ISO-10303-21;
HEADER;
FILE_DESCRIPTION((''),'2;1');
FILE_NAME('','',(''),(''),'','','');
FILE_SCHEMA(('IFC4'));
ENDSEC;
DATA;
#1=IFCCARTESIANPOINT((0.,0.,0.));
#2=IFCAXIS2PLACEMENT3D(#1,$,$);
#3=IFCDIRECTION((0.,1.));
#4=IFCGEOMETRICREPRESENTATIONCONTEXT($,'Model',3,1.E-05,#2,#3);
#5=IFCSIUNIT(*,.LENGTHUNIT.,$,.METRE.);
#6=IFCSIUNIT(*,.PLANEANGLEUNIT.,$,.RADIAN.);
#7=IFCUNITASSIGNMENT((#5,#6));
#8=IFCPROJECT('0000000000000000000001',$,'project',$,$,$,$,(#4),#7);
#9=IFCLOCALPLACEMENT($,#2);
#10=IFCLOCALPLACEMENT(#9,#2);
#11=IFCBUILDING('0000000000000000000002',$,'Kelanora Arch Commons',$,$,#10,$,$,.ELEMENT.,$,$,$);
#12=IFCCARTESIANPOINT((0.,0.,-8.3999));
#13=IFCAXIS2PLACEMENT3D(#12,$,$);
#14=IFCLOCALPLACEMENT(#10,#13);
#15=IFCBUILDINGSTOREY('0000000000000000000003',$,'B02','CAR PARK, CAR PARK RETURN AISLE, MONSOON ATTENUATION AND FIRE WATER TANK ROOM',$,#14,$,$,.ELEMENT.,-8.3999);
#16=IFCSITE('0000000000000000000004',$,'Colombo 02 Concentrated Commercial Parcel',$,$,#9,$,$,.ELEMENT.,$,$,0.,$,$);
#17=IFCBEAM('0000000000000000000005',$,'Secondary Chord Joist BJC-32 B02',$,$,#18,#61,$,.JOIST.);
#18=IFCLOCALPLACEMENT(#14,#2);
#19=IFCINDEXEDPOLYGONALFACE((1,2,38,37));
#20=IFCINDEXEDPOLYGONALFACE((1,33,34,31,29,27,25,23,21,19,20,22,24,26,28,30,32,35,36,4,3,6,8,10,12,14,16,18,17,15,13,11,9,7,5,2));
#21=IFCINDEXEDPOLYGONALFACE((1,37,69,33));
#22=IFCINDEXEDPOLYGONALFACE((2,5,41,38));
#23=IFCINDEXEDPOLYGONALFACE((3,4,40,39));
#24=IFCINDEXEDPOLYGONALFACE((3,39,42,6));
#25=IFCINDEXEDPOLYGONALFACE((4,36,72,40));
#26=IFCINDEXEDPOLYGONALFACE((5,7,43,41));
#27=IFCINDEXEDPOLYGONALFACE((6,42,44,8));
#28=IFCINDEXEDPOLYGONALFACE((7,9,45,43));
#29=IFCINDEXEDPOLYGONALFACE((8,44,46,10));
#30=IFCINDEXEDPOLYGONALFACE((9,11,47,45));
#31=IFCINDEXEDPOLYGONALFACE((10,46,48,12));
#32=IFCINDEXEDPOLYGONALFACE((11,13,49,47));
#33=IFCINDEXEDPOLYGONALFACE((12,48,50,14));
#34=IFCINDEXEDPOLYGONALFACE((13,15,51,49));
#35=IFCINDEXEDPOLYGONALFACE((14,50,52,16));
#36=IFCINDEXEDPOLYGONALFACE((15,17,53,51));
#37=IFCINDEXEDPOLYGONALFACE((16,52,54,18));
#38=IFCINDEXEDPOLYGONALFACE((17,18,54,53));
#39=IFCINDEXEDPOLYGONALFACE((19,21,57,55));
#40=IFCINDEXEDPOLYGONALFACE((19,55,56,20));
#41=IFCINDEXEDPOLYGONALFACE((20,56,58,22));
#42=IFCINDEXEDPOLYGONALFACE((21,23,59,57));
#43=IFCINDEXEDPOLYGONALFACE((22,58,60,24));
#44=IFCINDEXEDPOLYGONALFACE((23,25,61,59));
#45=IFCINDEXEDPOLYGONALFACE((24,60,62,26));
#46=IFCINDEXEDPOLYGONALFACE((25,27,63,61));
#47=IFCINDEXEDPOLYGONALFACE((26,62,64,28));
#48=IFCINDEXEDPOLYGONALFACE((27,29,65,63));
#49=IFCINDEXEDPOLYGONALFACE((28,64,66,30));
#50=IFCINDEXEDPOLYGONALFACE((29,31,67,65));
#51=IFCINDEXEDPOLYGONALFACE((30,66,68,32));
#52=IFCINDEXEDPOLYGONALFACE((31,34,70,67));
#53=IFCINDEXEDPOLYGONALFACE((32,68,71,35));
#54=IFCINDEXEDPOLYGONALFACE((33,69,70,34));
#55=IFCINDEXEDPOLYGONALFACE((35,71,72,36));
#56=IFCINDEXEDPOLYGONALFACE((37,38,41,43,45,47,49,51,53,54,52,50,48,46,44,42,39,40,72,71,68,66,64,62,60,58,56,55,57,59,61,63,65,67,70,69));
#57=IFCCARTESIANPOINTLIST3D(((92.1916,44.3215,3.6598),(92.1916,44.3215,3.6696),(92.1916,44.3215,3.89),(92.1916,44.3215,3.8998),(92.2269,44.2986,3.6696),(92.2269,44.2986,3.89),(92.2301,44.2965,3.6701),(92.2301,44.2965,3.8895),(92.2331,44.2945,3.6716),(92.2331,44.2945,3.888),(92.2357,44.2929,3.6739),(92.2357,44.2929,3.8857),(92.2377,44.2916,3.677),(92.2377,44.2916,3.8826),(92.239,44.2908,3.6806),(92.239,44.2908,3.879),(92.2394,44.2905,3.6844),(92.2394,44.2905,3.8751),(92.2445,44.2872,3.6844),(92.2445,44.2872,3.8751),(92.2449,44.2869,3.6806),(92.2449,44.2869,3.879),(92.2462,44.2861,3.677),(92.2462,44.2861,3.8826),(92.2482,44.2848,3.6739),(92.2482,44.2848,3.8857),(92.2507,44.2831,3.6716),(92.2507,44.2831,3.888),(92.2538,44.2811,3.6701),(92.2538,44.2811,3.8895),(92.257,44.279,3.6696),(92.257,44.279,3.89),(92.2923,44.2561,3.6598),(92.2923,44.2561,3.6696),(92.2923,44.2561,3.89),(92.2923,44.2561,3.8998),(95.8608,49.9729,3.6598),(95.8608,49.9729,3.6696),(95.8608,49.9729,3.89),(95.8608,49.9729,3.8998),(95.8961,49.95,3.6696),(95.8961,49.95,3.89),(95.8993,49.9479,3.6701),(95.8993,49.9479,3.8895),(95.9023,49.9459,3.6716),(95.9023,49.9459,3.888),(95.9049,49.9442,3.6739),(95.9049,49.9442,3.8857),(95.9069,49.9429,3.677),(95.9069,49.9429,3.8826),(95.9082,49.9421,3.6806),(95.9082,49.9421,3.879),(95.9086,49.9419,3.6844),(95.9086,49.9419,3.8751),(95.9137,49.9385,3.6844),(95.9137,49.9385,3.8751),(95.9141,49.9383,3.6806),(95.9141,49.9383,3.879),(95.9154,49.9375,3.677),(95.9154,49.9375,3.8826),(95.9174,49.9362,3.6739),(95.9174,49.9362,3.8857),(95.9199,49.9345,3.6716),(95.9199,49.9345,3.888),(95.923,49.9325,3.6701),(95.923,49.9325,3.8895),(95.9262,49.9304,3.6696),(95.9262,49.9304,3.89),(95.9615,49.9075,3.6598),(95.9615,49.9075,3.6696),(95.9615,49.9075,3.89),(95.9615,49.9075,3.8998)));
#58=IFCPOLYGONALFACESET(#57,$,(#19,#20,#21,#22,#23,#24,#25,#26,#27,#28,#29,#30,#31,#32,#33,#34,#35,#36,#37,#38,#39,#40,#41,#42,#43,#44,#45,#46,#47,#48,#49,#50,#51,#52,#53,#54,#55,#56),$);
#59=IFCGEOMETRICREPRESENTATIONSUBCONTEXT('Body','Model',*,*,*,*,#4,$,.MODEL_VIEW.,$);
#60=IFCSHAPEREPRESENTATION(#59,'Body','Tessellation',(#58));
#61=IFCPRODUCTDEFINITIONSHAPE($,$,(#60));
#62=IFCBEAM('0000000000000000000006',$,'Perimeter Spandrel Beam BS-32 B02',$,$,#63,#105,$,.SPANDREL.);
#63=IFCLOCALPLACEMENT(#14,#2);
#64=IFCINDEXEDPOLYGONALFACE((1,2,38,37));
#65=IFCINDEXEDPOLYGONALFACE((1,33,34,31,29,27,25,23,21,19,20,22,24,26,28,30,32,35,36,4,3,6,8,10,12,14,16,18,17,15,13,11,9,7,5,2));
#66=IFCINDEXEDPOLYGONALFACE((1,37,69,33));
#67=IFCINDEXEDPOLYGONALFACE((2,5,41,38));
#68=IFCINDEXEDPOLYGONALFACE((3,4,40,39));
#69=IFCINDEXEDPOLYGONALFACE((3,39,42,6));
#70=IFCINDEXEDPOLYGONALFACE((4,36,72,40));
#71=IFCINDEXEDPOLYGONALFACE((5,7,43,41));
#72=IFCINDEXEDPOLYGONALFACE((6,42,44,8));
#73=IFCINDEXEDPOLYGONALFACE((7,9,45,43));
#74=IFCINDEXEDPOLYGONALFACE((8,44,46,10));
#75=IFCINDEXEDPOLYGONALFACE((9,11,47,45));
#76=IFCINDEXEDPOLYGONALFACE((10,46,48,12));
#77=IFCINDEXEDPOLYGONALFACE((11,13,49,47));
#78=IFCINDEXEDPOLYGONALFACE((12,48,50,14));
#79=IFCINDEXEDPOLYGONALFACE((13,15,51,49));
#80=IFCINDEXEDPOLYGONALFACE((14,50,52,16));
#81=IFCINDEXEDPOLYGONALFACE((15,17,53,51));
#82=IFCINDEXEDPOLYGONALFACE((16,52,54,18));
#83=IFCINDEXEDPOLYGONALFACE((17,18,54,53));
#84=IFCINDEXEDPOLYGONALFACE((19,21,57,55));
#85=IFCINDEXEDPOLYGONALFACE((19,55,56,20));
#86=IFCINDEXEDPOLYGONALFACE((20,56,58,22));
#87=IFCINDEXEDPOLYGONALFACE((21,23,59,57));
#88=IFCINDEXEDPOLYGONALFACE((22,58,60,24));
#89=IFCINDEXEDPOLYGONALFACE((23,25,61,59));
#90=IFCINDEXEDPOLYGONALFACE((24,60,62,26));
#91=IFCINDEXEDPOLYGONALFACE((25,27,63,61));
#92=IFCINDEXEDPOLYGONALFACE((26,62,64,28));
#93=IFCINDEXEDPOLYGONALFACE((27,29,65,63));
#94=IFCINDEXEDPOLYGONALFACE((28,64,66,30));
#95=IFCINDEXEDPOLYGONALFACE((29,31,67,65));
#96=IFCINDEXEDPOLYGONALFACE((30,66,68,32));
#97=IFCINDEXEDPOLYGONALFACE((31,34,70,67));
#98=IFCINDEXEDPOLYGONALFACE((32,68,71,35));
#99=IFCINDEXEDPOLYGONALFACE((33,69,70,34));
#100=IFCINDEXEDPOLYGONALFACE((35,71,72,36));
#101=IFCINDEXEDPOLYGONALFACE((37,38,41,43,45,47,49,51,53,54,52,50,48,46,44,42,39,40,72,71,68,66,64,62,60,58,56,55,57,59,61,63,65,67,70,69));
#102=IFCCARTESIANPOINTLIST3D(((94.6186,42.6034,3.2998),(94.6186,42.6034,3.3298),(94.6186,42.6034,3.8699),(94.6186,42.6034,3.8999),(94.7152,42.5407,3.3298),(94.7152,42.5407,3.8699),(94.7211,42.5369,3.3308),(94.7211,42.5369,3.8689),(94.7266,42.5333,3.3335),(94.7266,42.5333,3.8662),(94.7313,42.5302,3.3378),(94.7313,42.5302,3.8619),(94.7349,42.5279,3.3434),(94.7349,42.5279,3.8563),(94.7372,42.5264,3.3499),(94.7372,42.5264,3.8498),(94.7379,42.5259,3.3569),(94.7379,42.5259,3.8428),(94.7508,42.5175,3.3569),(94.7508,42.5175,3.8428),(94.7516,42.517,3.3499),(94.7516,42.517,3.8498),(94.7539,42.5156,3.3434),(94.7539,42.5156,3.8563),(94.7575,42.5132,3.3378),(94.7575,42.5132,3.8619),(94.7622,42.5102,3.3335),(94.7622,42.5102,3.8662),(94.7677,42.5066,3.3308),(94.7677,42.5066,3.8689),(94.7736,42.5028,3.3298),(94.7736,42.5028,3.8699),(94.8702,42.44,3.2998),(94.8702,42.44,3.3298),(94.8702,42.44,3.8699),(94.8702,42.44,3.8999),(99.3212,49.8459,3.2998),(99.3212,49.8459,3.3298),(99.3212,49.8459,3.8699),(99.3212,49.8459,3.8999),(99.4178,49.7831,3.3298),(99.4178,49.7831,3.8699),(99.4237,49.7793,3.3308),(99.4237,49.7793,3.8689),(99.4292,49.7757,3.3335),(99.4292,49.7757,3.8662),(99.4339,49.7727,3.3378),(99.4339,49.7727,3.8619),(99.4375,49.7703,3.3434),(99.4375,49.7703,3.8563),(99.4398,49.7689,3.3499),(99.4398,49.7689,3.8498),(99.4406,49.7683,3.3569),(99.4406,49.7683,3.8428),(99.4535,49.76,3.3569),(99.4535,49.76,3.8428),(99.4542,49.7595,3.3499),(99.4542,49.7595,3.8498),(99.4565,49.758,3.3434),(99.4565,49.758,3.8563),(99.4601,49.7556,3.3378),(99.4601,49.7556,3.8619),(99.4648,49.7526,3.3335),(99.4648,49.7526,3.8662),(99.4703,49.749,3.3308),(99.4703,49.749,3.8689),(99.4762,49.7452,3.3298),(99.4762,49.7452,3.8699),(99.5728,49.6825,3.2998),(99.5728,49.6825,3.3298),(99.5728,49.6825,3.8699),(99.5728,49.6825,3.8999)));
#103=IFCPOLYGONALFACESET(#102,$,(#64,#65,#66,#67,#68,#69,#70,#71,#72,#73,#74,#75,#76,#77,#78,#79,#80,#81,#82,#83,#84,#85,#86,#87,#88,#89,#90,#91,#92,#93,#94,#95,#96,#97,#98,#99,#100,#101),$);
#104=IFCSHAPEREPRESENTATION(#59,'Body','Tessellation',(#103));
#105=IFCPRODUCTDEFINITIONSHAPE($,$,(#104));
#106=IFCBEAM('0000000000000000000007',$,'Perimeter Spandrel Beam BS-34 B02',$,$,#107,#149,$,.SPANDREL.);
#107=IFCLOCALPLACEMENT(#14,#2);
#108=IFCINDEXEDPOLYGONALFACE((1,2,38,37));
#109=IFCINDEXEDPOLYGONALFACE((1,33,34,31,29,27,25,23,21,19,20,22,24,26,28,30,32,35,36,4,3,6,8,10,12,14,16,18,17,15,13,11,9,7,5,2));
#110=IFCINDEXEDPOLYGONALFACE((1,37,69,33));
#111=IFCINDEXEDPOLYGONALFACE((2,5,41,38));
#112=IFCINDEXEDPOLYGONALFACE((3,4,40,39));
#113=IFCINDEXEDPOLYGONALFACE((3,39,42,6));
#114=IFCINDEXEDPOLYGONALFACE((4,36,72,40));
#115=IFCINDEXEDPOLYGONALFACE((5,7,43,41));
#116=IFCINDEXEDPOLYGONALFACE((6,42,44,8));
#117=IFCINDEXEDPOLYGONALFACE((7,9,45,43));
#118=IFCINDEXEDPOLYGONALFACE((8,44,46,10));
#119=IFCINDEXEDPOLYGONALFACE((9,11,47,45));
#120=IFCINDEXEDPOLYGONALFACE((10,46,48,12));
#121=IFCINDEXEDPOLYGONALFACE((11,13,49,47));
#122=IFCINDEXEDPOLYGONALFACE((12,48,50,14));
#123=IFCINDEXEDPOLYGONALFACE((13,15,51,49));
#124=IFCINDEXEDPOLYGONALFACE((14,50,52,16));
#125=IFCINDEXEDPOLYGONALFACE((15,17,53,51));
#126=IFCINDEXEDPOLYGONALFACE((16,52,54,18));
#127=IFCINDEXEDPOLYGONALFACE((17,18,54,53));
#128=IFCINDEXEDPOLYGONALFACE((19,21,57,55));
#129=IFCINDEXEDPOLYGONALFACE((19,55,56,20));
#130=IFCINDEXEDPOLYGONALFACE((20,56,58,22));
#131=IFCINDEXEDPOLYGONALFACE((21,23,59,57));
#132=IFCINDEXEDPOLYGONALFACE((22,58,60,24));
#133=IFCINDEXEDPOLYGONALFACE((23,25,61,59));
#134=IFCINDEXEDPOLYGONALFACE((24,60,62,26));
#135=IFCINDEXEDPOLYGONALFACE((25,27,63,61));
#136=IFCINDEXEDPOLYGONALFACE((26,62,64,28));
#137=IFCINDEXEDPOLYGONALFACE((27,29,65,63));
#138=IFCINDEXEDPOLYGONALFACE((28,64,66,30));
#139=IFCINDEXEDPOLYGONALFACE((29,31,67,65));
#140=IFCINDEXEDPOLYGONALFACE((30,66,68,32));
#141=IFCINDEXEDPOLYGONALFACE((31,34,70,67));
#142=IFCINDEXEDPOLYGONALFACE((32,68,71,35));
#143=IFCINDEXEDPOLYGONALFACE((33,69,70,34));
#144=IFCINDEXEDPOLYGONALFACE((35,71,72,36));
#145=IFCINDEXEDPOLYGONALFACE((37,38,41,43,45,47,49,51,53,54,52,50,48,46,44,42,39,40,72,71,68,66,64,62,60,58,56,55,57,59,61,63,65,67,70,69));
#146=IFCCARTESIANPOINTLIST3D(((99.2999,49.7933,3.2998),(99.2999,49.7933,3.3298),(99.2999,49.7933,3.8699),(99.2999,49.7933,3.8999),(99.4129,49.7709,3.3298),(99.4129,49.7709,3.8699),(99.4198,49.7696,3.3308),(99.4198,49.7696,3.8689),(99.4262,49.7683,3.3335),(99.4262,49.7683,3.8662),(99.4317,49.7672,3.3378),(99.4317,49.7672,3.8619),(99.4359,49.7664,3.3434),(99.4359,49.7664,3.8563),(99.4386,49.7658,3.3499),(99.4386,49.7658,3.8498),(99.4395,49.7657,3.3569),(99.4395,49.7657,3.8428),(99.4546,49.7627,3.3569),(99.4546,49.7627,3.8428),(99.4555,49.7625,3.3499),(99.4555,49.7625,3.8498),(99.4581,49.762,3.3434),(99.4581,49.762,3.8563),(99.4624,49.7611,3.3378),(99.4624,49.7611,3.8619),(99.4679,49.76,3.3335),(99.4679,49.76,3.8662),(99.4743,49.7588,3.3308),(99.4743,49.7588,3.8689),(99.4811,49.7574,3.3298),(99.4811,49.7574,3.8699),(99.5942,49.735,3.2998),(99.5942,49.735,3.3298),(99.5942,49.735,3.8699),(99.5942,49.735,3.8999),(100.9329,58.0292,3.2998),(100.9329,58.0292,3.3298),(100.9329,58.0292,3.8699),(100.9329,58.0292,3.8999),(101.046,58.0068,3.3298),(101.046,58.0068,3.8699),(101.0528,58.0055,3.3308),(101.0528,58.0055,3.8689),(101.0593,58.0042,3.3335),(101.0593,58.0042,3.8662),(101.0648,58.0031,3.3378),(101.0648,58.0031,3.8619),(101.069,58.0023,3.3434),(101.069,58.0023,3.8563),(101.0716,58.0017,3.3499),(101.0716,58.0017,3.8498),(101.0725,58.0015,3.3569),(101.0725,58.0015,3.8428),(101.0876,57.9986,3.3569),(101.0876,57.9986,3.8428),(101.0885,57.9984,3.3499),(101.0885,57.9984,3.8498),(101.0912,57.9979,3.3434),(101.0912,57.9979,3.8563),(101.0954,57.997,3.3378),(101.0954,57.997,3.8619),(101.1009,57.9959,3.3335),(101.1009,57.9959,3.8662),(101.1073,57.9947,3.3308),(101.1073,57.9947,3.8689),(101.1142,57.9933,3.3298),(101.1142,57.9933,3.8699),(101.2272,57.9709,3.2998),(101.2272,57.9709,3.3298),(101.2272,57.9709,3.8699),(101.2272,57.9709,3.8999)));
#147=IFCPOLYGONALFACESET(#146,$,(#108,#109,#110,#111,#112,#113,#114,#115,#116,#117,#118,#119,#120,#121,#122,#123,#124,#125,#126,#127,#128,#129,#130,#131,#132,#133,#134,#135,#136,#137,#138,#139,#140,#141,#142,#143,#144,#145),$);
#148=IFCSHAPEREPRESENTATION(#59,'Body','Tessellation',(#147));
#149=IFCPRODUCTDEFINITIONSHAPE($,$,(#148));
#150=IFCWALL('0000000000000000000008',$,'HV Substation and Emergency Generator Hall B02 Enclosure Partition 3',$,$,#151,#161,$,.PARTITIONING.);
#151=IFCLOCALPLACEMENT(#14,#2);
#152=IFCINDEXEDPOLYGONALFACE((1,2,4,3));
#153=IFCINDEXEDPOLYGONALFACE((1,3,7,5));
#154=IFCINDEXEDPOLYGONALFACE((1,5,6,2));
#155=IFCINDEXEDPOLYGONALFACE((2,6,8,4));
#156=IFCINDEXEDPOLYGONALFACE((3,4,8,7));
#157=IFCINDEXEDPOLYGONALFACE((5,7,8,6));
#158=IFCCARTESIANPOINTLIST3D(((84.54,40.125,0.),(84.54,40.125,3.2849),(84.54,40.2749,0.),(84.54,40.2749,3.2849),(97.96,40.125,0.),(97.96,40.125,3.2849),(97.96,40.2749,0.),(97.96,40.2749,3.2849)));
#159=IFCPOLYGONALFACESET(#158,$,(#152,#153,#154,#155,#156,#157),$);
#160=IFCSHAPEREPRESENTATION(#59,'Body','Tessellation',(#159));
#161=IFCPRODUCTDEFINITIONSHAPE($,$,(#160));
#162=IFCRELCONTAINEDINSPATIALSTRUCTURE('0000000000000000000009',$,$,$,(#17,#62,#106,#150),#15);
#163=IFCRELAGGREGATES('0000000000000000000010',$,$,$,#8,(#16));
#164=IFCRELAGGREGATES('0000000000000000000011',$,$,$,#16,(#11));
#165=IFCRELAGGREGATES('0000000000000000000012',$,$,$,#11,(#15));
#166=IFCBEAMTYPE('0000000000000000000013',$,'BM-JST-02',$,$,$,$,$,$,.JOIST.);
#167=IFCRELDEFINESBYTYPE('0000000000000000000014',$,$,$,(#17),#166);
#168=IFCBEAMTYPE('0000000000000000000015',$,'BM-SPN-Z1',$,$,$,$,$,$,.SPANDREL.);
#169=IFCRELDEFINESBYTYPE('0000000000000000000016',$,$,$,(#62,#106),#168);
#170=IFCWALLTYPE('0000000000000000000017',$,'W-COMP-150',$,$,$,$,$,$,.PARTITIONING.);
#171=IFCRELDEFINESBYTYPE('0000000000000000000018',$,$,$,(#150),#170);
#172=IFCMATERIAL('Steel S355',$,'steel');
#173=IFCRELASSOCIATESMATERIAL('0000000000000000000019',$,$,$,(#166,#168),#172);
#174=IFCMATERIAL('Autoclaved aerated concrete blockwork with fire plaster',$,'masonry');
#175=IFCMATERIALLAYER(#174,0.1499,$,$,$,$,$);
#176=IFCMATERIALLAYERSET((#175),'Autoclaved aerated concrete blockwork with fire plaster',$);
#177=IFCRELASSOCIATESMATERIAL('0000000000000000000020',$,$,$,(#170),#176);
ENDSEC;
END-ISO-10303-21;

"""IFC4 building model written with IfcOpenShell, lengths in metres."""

from ifc_helpers import new_model, si_unit, direction, frame, frame_2d, origin, origin_2d, place, context, subcontext, project, spatial, rectangle, i_section, extrude, material, layer, layer_set, material_profile, profile_set, type_object, element, save


model = new_model("IFC4")

# Units and contexts
model_context = context("Model", 3, precision=1e-05, world=origin(), true_north=direction((0.0, 1.0)))
body_context = subcontext(model_context, "Body", "Model", "MODEL_VIEW")
ifc_project = project(units=[si_unit("LENGTHUNIT", "METRE"), si_unit("PLANEANGLEUNIT", "RADIAN")], contexts=[model_context])

# Site, building, storey
site_placement = place(None, origin())
site = spatial("IfcSite", under=ifc_project, at=site_placement, Name="Colombo 02 Concentrated Commercial Parcel", CompositionType="ELEMENT", RefElevation=0.0)
building_placement = place(site_placement, origin())
building = spatial("IfcBuilding", under=site, at=building_placement, Name="Kelanora Arch Commons", CompositionType="ELEMENT")
storey_placement = place(building_placement, frame((0.0, 0.0, -8.3999)))
storey = spatial("IfcBuildingStorey", under=building, at=storey_placement, Name="B02", Description="CAR PARK, CAR PARK RETURN AISLE, MONSOON ATTENUATION AND FIRE WATER TANK ROOM", CompositionType="ELEMENT", Elevation=-8.3999)

# Shared definitions
ifc_material_1 = material(Name="Steel S355", Category="steel")

# Beams
ifc_material_profile_1 = material_profile(ifc_material_1, i_section(OverallWidth=0.1201, OverallDepth=0.24, WebThickness=0.0061, FlangeThickness=0.0098, FilletRadius=0.0149, at=origin_2d()), Name="IPE240")
ifc_profile_set_1 = profile_set([ifc_material_profile_1], Name="Steel S355")
beam_type_1 = type_object("IfcBeamType", Name="BM-JST-02", PredefinedType="JOIST", material=ifc_profile_set_1)
beam_1_placement = place(storey_placement, frame((92.2419, 44.2888, 3.7798), z_axis=(0.54455, 0.838728, 0.0), x_axis=(-0.838728, 0.54455, 0.0)))
element("IfcBeam", 1, at=beam_1_placement, inside=storey, type_object=beam_type_1, Name="Secondary Chord Joist BJC-32 B02", PredefinedType="JOIST", context=body_context, shape_type="SweptSolid", body=[
    extrude(i_section(OverallWidth=0.1201, OverallDepth=0.24, WebThickness=0.0061, FlangeThickness=0.0098, FilletRadius=0.0149, at=origin_2d()), origin(), (0.0, 0.0, 1.0), 6.738),
])
ifc_material_profile_2 = material_profile(ifc_material_1, i_section(OverallWidth=0.3, OverallDepth=0.6001, WebThickness=0.0154, FlangeThickness=0.03, FilletRadius=0.0271, at=origin_2d()), Name="HEB600")
ifc_profile_set_2 = profile_set([ifc_material_profile_2], Name="Steel S355")
beam_type_2 = type_object("IfcBeamType", Name="BM-SPN-Z1", PredefinedType="SPANDREL", material=ifc_profile_set_2)
beam_2_placement = place(storey_placement, frame((94.7444, 42.5217, 3.5999), z_axis=(0.544586, 0.838705, 0.0), x_axis=(-0.838705, 0.544586, 0.0)))
element("IfcBeam", 2, at=beam_2_placement, inside=storey, type_object=beam_type_2, Name="Perimeter Spandrel Beam BS-32 B02", PredefinedType="SPANDREL", context=body_context, shape_type="SweptSolid", body=[
    extrude(i_section(OverallWidth=0.3, OverallDepth=0.6001, WebThickness=0.0154, FlangeThickness=0.03, FilletRadius=0.0271, at=origin_2d()), origin(), (0.0, 0.0, 1.0), 8.6353),
])
beam_3_placement = place(storey_placement, frame((99.447, 49.7642, 3.5999), z_axis=(0.1945, 0.980903, 0.0), x_axis=(-0.980903, 0.1945, 0.0)))
element("IfcBeam", 3, at=beam_3_placement, inside=storey, type_object=beam_type_2, Name="Perimeter Spandrel Beam BS-34 B02", PredefinedType="SPANDREL", context=body_context, shape_type="SweptSolid", body=[
    extrude(i_section(OverallWidth=0.3, OverallDepth=0.6001, WebThickness=0.0154, FlangeThickness=0.03, FilletRadius=0.0271, at=origin_2d()), origin(), (0.0, 0.0, 1.0), 8.3962),
])

# Wall
ifc_material_2 = material(Name="Autoclaved aerated concrete blockwork with fire plaster", Category="masonry")
ifc_layer = layer(ifc_material_2, 0.1499)
ifc_layer_set = layer_set([ifc_layer], Name="Autoclaved aerated concrete blockwork with fire plaster")
wall_type = type_object("IfcWallType", Name="W-COMP-150", PredefinedType="PARTITIONING", material=ifc_layer_set)
wall_placement = place(storey_placement, frame((97.96, 40.2, 0.0), z_axis=(0.0, 0.0, 1.0), x_axis=(-1.0, 0.0, 0.0)))
element("IfcWall", 4, at=wall_placement, inside=storey, type_object=wall_type, Name="HV Substation and Emergency Generator Hall B02 Enclosure Partition 3", PredefinedType="PARTITIONING", context=body_context, shape_type="SweptSolid", body=[
    extrude(rectangle(XDim=13.4199, YDim=0.1499, at=frame_2d((6.71, 0.0))), origin(), (0.0, 0.0, 1.0), 3.2849),
])

save(model, "model.ifc")
